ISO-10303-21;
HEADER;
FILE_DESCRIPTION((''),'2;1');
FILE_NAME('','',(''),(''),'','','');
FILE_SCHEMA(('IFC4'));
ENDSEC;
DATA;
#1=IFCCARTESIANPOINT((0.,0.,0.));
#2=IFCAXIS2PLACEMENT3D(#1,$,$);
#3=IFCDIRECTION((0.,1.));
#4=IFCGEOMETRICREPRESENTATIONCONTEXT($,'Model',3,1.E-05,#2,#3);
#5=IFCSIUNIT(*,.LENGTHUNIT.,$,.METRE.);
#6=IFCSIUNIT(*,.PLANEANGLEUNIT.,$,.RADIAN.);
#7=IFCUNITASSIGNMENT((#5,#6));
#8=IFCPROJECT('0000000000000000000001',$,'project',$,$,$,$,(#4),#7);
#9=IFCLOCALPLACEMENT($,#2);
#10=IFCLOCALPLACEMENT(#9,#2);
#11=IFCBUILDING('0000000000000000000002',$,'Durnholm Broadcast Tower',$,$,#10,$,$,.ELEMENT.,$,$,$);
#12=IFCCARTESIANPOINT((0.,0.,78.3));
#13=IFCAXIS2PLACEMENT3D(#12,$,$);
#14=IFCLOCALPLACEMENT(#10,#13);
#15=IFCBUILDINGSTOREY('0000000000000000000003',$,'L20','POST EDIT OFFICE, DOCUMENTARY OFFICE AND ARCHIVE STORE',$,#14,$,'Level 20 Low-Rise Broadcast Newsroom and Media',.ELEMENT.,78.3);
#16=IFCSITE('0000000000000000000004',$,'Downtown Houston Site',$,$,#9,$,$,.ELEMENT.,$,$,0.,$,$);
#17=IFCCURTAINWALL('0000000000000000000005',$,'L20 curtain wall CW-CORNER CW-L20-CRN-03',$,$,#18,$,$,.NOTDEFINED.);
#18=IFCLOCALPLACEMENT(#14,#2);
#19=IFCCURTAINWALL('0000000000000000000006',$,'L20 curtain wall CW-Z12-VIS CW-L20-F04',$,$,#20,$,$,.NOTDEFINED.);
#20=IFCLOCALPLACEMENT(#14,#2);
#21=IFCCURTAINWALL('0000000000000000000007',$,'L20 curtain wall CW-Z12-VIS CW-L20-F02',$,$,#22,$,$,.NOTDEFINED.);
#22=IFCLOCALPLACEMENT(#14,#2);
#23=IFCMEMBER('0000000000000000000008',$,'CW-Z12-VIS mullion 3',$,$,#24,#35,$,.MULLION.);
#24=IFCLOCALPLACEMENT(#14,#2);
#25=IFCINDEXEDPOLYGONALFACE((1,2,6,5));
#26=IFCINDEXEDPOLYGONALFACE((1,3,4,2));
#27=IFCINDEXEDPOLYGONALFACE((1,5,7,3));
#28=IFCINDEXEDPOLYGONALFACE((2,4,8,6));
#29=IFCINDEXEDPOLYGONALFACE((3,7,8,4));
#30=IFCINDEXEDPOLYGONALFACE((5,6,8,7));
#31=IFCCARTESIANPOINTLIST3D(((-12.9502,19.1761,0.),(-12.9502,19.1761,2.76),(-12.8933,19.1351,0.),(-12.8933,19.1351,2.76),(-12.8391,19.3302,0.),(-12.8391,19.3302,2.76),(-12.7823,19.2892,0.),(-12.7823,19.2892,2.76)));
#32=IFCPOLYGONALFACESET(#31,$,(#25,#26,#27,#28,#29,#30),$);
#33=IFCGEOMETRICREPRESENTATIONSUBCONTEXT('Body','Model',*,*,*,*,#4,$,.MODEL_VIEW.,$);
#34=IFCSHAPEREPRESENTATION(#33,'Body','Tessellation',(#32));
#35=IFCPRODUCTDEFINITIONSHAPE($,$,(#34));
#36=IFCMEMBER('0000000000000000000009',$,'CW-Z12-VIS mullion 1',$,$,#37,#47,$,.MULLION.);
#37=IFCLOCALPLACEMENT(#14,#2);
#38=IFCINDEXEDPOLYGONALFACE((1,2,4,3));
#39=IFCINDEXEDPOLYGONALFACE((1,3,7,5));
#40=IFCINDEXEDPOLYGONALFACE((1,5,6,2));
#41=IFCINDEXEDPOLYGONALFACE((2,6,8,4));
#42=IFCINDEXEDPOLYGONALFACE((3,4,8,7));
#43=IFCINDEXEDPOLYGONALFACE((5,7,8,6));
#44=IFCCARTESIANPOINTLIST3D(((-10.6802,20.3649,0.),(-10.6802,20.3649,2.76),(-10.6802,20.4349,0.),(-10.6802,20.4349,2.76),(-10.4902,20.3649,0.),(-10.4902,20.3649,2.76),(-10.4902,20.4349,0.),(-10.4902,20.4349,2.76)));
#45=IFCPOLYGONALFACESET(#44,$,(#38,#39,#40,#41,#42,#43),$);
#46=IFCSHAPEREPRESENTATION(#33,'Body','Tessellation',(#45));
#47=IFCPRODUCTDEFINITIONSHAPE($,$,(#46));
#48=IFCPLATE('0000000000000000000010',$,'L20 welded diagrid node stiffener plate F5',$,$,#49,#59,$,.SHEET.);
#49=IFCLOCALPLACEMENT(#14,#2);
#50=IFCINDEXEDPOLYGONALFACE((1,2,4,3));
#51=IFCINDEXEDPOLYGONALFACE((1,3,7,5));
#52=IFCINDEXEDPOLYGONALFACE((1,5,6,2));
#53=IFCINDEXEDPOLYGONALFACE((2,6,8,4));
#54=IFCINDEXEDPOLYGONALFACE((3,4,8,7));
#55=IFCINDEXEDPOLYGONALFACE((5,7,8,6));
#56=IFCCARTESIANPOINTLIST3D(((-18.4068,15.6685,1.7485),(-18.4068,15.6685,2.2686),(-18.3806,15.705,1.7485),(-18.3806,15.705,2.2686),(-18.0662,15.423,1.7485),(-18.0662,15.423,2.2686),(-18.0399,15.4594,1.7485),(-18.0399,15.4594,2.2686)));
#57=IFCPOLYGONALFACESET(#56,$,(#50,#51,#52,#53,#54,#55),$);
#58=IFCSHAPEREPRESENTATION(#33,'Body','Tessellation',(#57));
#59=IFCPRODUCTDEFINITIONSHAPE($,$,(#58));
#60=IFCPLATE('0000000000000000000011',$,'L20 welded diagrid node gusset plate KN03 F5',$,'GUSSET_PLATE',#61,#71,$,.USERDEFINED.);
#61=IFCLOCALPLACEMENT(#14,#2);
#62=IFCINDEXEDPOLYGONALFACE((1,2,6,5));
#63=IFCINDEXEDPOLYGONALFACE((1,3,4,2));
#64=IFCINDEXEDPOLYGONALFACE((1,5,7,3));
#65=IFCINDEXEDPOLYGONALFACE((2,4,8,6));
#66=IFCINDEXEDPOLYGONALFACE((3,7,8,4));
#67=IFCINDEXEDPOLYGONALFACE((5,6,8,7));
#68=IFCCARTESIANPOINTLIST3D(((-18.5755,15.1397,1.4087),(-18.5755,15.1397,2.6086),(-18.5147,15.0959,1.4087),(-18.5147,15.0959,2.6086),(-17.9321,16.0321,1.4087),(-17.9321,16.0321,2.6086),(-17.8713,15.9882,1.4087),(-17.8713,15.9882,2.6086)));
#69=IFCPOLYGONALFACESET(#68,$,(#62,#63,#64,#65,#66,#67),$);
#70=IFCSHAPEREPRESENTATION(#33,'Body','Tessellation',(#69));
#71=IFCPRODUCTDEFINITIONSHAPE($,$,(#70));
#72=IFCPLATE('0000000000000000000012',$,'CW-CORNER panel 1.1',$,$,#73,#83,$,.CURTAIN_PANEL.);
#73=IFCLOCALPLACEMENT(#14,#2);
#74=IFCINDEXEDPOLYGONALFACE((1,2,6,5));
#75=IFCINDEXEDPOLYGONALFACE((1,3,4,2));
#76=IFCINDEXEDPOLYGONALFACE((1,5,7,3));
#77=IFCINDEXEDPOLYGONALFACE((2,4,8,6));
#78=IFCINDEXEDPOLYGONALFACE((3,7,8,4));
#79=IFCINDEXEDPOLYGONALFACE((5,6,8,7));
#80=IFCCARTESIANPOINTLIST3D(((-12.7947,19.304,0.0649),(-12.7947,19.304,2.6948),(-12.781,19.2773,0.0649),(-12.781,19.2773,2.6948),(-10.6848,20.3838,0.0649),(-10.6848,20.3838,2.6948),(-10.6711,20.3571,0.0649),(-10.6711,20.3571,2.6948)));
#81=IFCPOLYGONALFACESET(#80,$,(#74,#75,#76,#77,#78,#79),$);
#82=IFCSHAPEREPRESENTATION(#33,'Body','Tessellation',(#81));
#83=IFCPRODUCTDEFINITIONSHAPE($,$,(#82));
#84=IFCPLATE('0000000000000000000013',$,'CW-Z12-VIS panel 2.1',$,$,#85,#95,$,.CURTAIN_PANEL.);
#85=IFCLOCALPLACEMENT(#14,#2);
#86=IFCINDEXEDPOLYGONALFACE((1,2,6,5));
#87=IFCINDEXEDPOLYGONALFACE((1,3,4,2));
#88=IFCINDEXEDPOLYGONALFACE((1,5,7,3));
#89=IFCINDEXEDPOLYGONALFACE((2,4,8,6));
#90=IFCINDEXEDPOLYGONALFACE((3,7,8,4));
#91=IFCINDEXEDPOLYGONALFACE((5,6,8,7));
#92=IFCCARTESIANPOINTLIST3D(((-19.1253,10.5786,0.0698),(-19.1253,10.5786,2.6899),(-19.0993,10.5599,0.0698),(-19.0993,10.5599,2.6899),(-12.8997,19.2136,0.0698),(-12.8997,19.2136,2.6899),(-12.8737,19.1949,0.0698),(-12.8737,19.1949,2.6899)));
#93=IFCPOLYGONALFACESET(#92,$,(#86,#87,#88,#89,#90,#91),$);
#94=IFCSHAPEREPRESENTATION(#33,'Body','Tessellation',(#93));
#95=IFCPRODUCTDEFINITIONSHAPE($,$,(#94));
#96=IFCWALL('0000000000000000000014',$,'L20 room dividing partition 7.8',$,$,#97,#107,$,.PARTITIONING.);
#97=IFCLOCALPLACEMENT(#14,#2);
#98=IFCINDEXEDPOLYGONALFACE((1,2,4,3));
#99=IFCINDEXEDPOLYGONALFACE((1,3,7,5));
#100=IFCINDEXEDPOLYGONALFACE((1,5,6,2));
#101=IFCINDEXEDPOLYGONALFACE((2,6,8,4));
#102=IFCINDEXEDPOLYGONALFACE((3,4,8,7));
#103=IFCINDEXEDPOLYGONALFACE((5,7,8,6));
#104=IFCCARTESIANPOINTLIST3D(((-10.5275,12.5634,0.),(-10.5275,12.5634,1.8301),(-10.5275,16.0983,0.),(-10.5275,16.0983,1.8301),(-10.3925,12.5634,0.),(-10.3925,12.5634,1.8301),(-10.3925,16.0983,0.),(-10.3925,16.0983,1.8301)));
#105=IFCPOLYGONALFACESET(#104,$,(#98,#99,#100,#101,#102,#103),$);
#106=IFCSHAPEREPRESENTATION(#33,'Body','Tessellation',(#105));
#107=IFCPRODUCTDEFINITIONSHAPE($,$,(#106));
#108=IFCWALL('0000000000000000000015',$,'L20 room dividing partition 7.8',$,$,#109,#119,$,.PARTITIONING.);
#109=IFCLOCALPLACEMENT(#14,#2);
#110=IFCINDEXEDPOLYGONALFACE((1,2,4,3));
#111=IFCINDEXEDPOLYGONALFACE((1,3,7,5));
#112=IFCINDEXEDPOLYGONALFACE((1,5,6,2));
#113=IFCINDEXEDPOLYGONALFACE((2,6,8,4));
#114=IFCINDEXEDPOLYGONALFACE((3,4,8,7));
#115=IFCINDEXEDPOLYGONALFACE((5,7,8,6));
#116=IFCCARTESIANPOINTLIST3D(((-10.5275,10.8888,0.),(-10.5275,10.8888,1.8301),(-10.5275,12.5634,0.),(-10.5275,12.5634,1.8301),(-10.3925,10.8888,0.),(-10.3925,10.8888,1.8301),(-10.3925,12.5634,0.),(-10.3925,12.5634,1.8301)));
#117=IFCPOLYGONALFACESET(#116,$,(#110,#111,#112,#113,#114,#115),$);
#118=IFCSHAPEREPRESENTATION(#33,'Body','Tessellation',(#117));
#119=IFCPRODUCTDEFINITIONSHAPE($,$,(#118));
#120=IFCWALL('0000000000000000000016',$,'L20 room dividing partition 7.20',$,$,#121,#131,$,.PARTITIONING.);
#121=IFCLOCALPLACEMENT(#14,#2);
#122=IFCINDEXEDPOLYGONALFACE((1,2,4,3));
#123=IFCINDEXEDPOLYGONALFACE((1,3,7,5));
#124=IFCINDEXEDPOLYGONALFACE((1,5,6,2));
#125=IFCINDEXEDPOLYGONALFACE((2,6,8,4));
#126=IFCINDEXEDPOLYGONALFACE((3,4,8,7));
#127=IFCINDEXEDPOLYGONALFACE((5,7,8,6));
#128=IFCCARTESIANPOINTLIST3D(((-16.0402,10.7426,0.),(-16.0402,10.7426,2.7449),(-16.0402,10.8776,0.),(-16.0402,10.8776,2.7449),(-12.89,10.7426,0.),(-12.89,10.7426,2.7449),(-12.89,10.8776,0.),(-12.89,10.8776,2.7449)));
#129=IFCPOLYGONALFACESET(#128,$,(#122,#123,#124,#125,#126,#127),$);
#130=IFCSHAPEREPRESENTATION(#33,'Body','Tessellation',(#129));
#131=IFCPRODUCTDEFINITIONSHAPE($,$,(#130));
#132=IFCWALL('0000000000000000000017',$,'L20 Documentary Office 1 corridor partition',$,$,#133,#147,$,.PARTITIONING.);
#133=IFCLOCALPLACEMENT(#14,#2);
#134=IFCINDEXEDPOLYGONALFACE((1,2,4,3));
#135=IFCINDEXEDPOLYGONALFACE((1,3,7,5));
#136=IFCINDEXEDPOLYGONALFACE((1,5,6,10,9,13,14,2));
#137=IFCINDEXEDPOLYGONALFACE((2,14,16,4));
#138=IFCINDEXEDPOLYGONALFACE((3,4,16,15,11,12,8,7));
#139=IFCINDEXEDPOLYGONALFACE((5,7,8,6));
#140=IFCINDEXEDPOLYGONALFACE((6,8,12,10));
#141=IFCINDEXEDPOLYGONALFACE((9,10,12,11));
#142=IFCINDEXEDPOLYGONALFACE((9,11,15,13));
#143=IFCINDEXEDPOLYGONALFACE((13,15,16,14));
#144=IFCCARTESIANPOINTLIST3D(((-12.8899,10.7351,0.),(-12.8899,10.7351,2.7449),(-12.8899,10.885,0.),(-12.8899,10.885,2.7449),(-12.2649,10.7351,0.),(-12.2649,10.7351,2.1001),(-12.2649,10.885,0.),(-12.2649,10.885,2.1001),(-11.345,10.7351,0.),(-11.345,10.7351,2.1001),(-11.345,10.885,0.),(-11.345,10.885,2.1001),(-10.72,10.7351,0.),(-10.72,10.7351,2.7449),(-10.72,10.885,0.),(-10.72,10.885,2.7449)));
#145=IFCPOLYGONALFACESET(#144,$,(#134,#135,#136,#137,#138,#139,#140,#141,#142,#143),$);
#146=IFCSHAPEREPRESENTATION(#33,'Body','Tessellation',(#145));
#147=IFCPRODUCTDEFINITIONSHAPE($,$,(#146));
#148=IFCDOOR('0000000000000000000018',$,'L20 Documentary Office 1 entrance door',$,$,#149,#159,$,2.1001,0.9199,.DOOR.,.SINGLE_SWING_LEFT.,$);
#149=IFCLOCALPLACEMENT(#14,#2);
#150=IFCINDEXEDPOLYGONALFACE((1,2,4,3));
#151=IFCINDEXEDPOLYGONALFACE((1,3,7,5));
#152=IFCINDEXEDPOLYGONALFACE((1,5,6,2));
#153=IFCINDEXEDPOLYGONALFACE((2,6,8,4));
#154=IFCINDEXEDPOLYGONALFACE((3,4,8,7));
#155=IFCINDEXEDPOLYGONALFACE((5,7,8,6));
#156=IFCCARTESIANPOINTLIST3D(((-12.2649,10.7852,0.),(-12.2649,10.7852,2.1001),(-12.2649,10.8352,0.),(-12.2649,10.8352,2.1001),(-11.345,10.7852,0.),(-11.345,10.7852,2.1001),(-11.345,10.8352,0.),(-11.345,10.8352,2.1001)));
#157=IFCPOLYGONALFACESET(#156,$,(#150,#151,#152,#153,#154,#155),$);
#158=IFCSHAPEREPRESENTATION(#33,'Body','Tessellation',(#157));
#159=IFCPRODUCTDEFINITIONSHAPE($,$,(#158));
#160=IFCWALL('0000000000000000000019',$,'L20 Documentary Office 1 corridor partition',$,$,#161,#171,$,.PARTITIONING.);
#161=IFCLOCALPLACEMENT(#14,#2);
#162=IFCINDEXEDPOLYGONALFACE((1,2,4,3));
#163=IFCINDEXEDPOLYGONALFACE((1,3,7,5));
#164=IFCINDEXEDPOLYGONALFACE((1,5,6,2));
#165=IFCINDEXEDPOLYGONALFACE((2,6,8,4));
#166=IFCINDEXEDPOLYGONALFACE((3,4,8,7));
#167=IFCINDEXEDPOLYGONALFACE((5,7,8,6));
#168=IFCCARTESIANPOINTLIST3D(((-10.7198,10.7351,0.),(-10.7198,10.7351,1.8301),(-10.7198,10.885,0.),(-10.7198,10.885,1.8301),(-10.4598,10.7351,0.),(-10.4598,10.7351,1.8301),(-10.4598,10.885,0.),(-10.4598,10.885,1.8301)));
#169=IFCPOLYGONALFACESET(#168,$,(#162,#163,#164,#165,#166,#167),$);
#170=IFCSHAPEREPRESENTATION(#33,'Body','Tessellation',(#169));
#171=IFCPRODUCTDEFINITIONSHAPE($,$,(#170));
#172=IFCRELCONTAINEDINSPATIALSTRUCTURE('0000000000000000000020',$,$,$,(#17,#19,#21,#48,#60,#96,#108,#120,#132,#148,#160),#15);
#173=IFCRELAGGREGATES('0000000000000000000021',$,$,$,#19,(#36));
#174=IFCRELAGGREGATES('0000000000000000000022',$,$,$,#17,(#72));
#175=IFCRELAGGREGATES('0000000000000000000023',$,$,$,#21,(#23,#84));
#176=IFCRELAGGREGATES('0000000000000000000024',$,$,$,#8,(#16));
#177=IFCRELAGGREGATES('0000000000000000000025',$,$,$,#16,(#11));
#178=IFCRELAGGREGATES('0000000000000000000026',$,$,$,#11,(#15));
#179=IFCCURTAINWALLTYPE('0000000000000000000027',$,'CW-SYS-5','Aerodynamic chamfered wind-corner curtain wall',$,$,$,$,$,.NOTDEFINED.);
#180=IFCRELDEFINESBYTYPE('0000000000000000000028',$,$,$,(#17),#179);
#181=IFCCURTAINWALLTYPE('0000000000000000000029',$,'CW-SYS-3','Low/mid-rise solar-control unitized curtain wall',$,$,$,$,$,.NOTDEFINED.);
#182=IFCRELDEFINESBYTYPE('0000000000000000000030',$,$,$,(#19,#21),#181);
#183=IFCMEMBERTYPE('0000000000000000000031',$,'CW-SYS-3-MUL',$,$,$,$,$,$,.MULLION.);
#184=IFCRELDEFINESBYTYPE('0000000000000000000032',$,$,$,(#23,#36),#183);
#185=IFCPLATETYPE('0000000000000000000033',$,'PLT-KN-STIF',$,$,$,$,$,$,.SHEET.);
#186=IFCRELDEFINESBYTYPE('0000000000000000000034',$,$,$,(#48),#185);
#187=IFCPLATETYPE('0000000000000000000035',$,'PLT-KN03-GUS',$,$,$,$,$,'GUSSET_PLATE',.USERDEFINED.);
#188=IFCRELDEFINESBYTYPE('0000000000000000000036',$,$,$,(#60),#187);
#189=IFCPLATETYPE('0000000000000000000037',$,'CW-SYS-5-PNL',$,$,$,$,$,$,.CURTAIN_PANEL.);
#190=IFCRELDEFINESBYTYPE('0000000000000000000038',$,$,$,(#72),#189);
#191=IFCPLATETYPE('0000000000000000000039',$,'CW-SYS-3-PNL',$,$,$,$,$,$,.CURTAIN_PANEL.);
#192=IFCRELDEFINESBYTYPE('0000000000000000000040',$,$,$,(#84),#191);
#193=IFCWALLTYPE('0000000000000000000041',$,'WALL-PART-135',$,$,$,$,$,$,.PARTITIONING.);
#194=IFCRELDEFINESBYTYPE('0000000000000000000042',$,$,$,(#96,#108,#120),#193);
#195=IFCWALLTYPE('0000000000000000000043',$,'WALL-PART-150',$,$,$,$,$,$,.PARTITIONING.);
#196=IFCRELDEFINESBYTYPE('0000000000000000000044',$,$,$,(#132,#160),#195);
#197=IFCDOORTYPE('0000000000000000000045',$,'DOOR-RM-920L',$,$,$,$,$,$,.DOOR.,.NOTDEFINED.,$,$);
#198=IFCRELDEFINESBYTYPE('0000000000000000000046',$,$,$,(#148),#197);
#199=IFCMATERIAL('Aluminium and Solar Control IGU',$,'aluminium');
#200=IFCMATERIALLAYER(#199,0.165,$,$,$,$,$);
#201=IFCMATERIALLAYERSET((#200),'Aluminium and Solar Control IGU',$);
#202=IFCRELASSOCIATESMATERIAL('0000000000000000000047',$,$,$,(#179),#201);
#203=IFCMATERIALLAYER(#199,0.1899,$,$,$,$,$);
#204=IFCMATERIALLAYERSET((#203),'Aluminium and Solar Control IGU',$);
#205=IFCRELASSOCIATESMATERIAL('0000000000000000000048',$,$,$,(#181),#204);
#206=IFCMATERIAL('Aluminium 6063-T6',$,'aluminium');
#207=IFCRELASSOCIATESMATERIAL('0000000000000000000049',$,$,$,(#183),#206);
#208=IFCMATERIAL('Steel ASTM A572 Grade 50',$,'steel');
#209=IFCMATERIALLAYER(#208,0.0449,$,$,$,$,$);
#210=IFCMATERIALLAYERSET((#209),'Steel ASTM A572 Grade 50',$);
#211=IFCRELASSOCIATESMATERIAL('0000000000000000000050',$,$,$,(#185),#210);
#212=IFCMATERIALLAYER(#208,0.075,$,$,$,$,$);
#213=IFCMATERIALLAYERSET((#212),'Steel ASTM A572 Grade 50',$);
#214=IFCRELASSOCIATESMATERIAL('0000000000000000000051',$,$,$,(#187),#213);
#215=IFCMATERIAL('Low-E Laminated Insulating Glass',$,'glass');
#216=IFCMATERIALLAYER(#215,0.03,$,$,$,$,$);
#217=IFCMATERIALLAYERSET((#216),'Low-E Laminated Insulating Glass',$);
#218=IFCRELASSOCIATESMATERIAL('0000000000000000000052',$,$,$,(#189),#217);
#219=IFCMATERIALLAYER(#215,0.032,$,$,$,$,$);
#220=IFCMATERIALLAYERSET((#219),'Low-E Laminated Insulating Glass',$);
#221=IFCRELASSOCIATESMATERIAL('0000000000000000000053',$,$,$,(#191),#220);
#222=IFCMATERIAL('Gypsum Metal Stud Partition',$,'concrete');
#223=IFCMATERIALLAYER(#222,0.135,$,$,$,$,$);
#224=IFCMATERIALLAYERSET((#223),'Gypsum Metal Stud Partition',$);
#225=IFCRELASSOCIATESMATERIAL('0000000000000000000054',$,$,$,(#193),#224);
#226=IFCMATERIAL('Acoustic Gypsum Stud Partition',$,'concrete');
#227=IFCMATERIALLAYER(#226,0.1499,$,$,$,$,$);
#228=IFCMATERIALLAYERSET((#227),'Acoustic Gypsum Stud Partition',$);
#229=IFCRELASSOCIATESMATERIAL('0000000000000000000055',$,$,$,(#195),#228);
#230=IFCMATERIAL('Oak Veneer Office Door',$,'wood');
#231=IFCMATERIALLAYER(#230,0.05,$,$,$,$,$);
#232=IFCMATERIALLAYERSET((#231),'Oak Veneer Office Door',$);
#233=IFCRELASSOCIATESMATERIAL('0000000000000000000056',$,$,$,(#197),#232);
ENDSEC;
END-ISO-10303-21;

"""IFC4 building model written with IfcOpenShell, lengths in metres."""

from ifc_helpers import new_model, si_unit, direction, frame, frame_2d, origin, origin_2d, place, context, subcontext, project, spatial, rectangle, extrude, source, transform, mapped, material, layer, layer_set, material_profile, profile_set, type_object, type_shapes, element, fill, aggregate, save


model = new_model("IFC4")

# Units and contexts
model_context = context("Model", 3, precision=1e-05, world=origin(), true_north=direction((0.0, 1.0)))
body_context = subcontext(model_context, "Body", "Model", "MODEL_VIEW")
ifc_project = project(units=[si_unit("LENGTHUNIT", "METRE"), si_unit("PLANEANGLEUNIT", "RADIAN")], contexts=[model_context])

# Site, building, storey
site_placement = place(None, origin())
site = spatial("IfcSite", under=ifc_project, at=site_placement, Name="Downtown Houston Site", CompositionType="ELEMENT", RefElevation=0.0)
building_placement = place(site_placement, origin())
building = spatial("IfcBuilding", under=site, at=building_placement, Name="Durnholm Broadcast Tower", CompositionType="ELEMENT")
storey_placement = place(building_placement, frame((0.0, 0.0, 78.3)))
storey = spatial("IfcBuildingStorey", under=building, at=storey_placement, Name="L20", Description="POST EDIT OFFICE, DOCUMENTARY OFFICE AND ARCHIVE STORE", LongName="Level 20 Low-Rise Broadcast Newsroom and Media", CompositionType="ELEMENT", Elevation=78.3)

# Curtain walls
ifc_material_1 = material(Name="Aluminium and Solar Control IGU", Category="aluminium")
ifc_layer_1 = layer(ifc_material_1, 0.165)
ifc_layer_set_1 = layer_set([ifc_layer_1], Name="Aluminium and Solar Control IGU")
curtain_wall_type_1 = type_object("IfcCurtainWallType", Name="CW-SYS-5", Description="Aerodynamic chamfered wind-corner curtain wall", PredefinedType="NOTDEFINED", material=ifc_layer_set_1)
curtain_wall_1_placement = place(storey_placement, origin())
curtain_wall_1 = element("IfcCurtainWall", 1, at=curtain_wall_1_placement, inside=storey, type_object=curtain_wall_type_1, Name="L20 curtain wall CW-CORNER CW-L20-CRN-03", PredefinedType="NOTDEFINED")
ifc_material_2 = material(Name="Aluminium 6063-T6", Category="aluminium")
ifc_layer_2 = layer(ifc_material_1, 0.1899)
ifc_layer_set_2 = layer_set([ifc_layer_2], Name="Aluminium and Solar Control IGU")
curtain_wall_type_2 = type_object("IfcCurtainWallType", Name="CW-SYS-3", Description="Low/mid-rise solar-control unitized curtain wall", PredefinedType="NOTDEFINED", material=ifc_layer_set_2)
curtain_wall_2_placement = place(storey_placement, origin())
curtain_wall_2 = element("IfcCurtainWall", 2, at=curtain_wall_2_placement, inside=storey, type_object=curtain_wall_type_2, Name="L20 curtain wall CW-Z12-VIS CW-L20-F04", PredefinedType="NOTDEFINED")

# Curtain wall, member
curtain_wall_3_placement = place(storey_placement, origin())
curtain_wall_3 = element("IfcCurtainWall", 3, at=curtain_wall_3_placement, inside=storey, type_object=curtain_wall_type_2, Name="L20 curtain wall CW-Z12-VIS CW-L20-F02", PredefinedType="NOTDEFINED")
ifc_material_profile_1 = material_profile(ifc_material_2, rectangle(XDim=0.0701, YDim=0.1899, at=origin_2d()), Name="CWM70X190")
ifc_profile_set_1 = profile_set([ifc_material_profile_1], Name="Aluminium 6063-T6")
member_type_1 = type_object("IfcMemberType", Name="CW-SYS-3-MUL", PredefinedType="MULLION", material=ifc_profile_set_1)
shared_shape_1 = source(origin(), body_context, "Body", "SweptSolid", [
    extrude(rectangle(XDim=0.0701, YDim=0.1899, at=origin_2d()), origin(), (0.0, 0.0, 1.0), 2.76),
])
type_shapes(member_type_1, [shared_shape_1])
member_1_placement = place(storey_placement, frame((-12.8662, 19.2327, 0.0), z_axis=(0.0, 0.0, 1.0), x_axis=(-0.811161, 0.584823, 0.0)))
member_1 = element("IfcMember", 4, at=member_1_placement, type_object=member_type_1, Name="CW-Z12-VIS mullion 3", PredefinedType="MULLION", context=body_context, shape_type="MappedRepresentation", body=[
    mapped(shared_shape_1, transform((0.0, 0.0, 0.0), x_axis=(1.0, 0.0, 0.0), y_axis=(0.0, 1.0, 0.0), z_axis=(0.0, 0.0, 1.0), scale=1.0)),
])

# Member
member_2_placement = place(storey_placement, frame((-10.5852, 20.3999, 0.0), z_axis=(0.0, 0.0, 1.0), x_axis=(0.0, 1.0, 0.0)))
member_2 = element("IfcMember", 5, at=member_2_placement, type_object=member_type_1, Name="CW-Z12-VIS mullion 1", PredefinedType="MULLION", context=body_context, shape_type="MappedRepresentation", body=[
    mapped(shared_shape_1, transform((0.0, 0.0, 0.0), x_axis=(1.0, 0.0, 0.0), y_axis=(0.0, 1.0, 0.0), z_axis=(0.0, 0.0, 1.0), scale=1.0)),
])
aggregate(curtain_wall_2, [member_2])

# Plates
ifc_material_3 = material(Name="Steel ASTM A572 Grade 50", Category="steel")
ifc_layer_3 = layer(ifc_material_3, 0.0449)
ifc_layer_set_3 = layer_set([ifc_layer_3], Name="Steel ASTM A572 Grade 50")
plate_type_1 = type_object("IfcPlateType", Name="PLT-KN-STIF", PredefinedType="SHEET", material=ifc_layer_set_3)
shared_shape_2 = source(origin(), body_context, "Body", "SweptSolid", [
    extrude(rectangle(XDim=0.0449, YDim=0.4199, at=origin_2d()), origin(), (0.0, 0.0, 1.0), 0.52),
])
type_shapes(plate_type_1, [shared_shape_2])
plate_1_placement = place(storey_placement, frame((-18.2234, 15.564, 1.7485), z_axis=(0.0, 0.0, 1.0), x_axis=(-0.584816, -0.811166, 0.0)))
element("IfcPlate", 6, at=plate_1_placement, inside=storey, type_object=plate_type_1, Name="L20 welded diagrid node stiffener plate F5", PredefinedType="SHEET", context=body_context, shape_type="MappedRepresentation", body=[
    mapped(shared_shape_2, transform((0.0, 0.0, 0.0), x_axis=(1.0, 0.0, 0.0), y_axis=(0.0, 1.0, 0.0), z_axis=(0.0, 0.0, 1.0), scale=1.0)),
])
ifc_layer_4 = layer(ifc_material_3, 0.075)
ifc_layer_set_4 = layer_set([ifc_layer_4], Name="Steel ASTM A572 Grade 50")
plate_type_2 = type_object("IfcPlateType", Name="PLT-KN03-GUS", ElementType="GUSSET_PLATE", PredefinedType="USERDEFINED", material=ifc_layer_set_4)
shared_shape_3 = source(origin(), body_context, "Body", "SweptSolid", [
    extrude(rectangle(XDim=1.1001, YDim=0.075, at=origin_2d()), origin(), (0.0, 0.0, 1.0), 1.2),
])
type_shapes(plate_type_2, [shared_shape_3])
plate_2_placement = place(storey_placement, frame((-18.2234, 15.564, 1.4087), z_axis=(0.0, 0.0, 1.0), x_axis=(-0.584816, -0.811166, 0.0)))
element("IfcPlate", 7, at=plate_2_placement, inside=storey, type_object=plate_type_2, Name="L20 welded diagrid node gusset plate KN03 F5", ObjectType="GUSSET_PLATE", PredefinedType="USERDEFINED", context=body_context, shape_type="MappedRepresentation", body=[
    mapped(shared_shape_3, transform((0.0, 0.0, 0.0), x_axis=(1.0, 0.0, 0.0), y_axis=(0.0, 1.0, 0.0), z_axis=(0.0, 0.0, 1.0), scale=1.0)),
])

# Plates
ifc_material_4 = material(Name="Low-E Laminated Insulating Glass", Category="glass")
ifc_layer_5 = layer(ifc_material_4, 0.03)
ifc_layer_set_5 = layer_set([ifc_layer_5], Name="Low-E Laminated Insulating Glass")
plate_type_3 = type_object("IfcPlateType", Name="CW-SYS-5-PNL", PredefinedType="CURTAIN_PANEL", material=ifc_layer_set_5)
shared_shape_4 = source(origin(), body_context, "Body", "SweptSolid", [
    extrude(rectangle(XDim=2.3701, YDim=0.03, at=origin_2d()), origin(), (0.0, 0.0, 1.0), 2.6299),
])
type_shapes(plate_type_3, [shared_shape_4])
plate_3_placement = place(storey_placement, frame((-11.7329, 19.8306, 0.0649), z_axis=(0.0, 0.0, 1.0), x_axis=(0.890188, 0.455594, 0.0)))
plate_3 = element("IfcPlate", 8, at=plate_3_placement, type_object=plate_type_3, Name="CW-CORNER panel 1.1", PredefinedType="CURTAIN_PANEL", context=body_context, shape_type="MappedRepresentation", body=[
    mapped(shared_shape_4, transform((0.0, 0.0, 0.0), x_axis=(1.0, 0.0, 0.0), y_axis=(0.0, 1.0, 0.0), z_axis=(0.0, 0.0, 1.0), scale=1.0)),
])
aggregate(curtain_wall_1, [plate_3])
ifc_layer_6 = layer(ifc_material_4, 0.032)
ifc_layer_set_6 = layer_set([ifc_layer_6], Name="Low-E Laminated Insulating Glass")
plate_type_4 = type_object("IfcPlateType", Name="CW-SYS-3-PNL", PredefinedType="CURTAIN_PANEL", material=ifc_layer_set_6)
shared_shape_5 = source(origin(), body_context, "Body", "SweptSolid", [
    extrude(rectangle(XDim=10.6453, YDim=0.032, at=origin_2d()), origin(), (0.0, 0.0, 1.0), 2.6201),
])
type_shapes(plate_type_4, [shared_shape_5])
plate_4_placement = place(storey_placement, frame((-15.9995, 14.8867, 0.0698), z_axis=(0.0, 0.0, 1.0), x_axis=(0.584823, 0.811161, 0.0)))
plate_4 = element("IfcPlate", 9, at=plate_4_placement, type_object=plate_type_4, Name="CW-Z12-VIS panel 2.1", PredefinedType="CURTAIN_PANEL", context=body_context, shape_type="MappedRepresentation", body=[
    mapped(shared_shape_5, transform((0.0, 0.0, 0.0), x_axis=(1.0, 0.0, 0.0), y_axis=(0.0, 1.0, 0.0), z_axis=(0.0, 0.0, 1.0), scale=1.0)),
])
aggregate(curtain_wall_3, [member_1, plate_4])

# Walls
ifc_material_5 = material(Name="Gypsum Metal Stud Partition", Category="concrete")
ifc_layer_7 = layer(ifc_material_5, 0.135)
ifc_layer_set_7 = layer_set([ifc_layer_7], Name="Gypsum Metal Stud Partition")
wall_type_1 = type_object("IfcWallType", Name="WALL-PART-135", PredefinedType="PARTITIONING", material=ifc_layer_set_7)
wall_1_placement = place(storey_placement, frame((-10.46, 16.0984, 0.0), z_axis=(0.0, 0.0, 1.0), x_axis=(0.0, -1.0, 0.0)))
element("IfcWall", 10, at=wall_1_placement, inside=storey, type_object=wall_type_1, Name="L20 room dividing partition 7.8", PredefinedType="PARTITIONING", context=body_context, shape_type="SweptSolid", body=[
    extrude(rectangle(XDim=3.5349, YDim=0.135, at=frame_2d((1.7676, 0.0))), origin(), (0.0, 0.0, 1.0), 1.8301),
])
wall_2_placement = place(storey_placement, frame((-10.46, 12.5635, 0.0), z_axis=(0.0, 0.0, 1.0), x_axis=(0.0, -1.0, 0.0)))
element("IfcWall", 11, at=wall_2_placement, inside=storey, type_object=wall_type_1, Name="L20 room dividing partition 7.8", PredefinedType="PARTITIONING", context=body_context, shape_type="SweptSolid", body=[
    extrude(rectangle(XDim=1.6746, YDim=0.135, at=frame_2d((0.8374, 0.0))), origin(), (0.0, 0.0, 1.0), 1.8301),
])
wall_3_placement = place(storey_placement, frame((-12.8899, 10.8101, 0.0), z_axis=(0.0, 0.0, 1.0), x_axis=(-1.0, 0.0, 0.0)))
element("IfcWall", 12, at=wall_3_placement, inside=storey, type_object=wall_type_1, Name="L20 room dividing partition 7.20", PredefinedType="PARTITIONING", context=body_context, shape_type="SweptSolid", body=[
    extrude(rectangle(XDim=3.1501, YDim=0.135, at=frame_2d((1.5752, 0.0))), origin(), (0.0, 0.0, 1.0), 2.7449),
])

# Wall, opening, door
ifc_material_6 = material(Name="Acoustic Gypsum Stud Partition", Category="concrete")
ifc_layer_8 = layer(ifc_material_6, 0.1499)
ifc_layer_set_8 = layer_set([ifc_layer_8], Name="Acoustic Gypsum Stud Partition")
wall_type_2 = type_object("IfcWallType", Name="WALL-PART-150", PredefinedType="PARTITIONING", material=ifc_layer_set_8)
wall_4_placement = place(storey_placement, frame((-10.72, 10.8101, 0.0), z_axis=(0.0, 0.0, 1.0), x_axis=(-1.0, 0.0, 0.0)))
wall_4 = element("IfcWall", 13, at=wall_4_placement, inside=storey, type_object=wall_type_2, Name="L20 Documentary Office 1 corridor partition", PredefinedType="PARTITIONING", context=body_context, shape_type="SweptSolid", body=[
    extrude(rectangle(XDim=2.1699, YDim=0.1499, at=frame_2d((1.085, 0.0))), origin(), (0.0, 0.0, 1.0), 2.7449),
])
opening_placement = place(wall_4_placement, frame((0.625, 0.0, 0.0)))
opening = element("IfcOpeningElement", 14, at=opening_placement, cuts=wall_4, PredefinedType="OPENING", context=body_context, shape_type="SweptSolid", body=[
    extrude(rectangle(XDim=0.9199, YDim=2.1001, at=frame_2d((0.46, 1.05))), frame((0.0, 0.085, 0.0), z_axis=(0.0, -1.0, 0.0), x_axis=(1.0, 0.0, 0.0)), (0.0, 0.0, 1.0), 0.1699),
])
ifc_material_7 = material(Name="Oak Veneer Office Door", Category="wood")
ifc_layer_9 = layer(ifc_material_7, 0.05)
ifc_layer_set_9 = layer_set([ifc_layer_9], Name="Oak Veneer Office Door")
door_type = type_object("IfcDoorType", Name="DOOR-RM-920L", OperationType="NOTDEFINED", PredefinedType="DOOR", material=ifc_layer_set_9)
shared_shape_6 = source(origin(), body_context, "Body", "SweptSolid", [
    extrude(rectangle(XDim=0.9199, YDim=2.1001, at=frame_2d((0.46, 1.05))), frame((0.0, 0.0249, 0.0), z_axis=(0.0, -1.0, 0.0), x_axis=(1.0, 0.0, 0.0)), (0.0, 0.0, 1.0), 0.05),
])
type_shapes(door_type, [shared_shape_6])
door_placement = place(opening_placement, origin())
door = element("IfcDoor", 15, at=door_placement, inside=storey, type_object=door_type, Name="L20 Documentary Office 1 entrance door", OperationType="SINGLE_SWING_LEFT", OverallHeight=2.1001, OverallWidth=0.9199, PredefinedType="DOOR", context=body_context, shape_type="MappedRepresentation", body=[
    mapped(shared_shape_6, transform((0.0, 0.0, 0.0), x_axis=(1.0, 0.0, 0.0), y_axis=(0.0, 1.0, 0.0), z_axis=(0.0, 0.0, 1.0), scale=1.0)),
])
fill(opening, door)

# Wall
wall_5_placement = place(storey_placement, frame((-10.46, 10.8101, 0.0), z_axis=(0.0, 0.0, 1.0), x_axis=(-1.0, 0.0, 0.0)))
element("IfcWall", 16, at=wall_5_placement, inside=storey, type_object=wall_type_2, Name="L20 Documentary Office 1 corridor partition", PredefinedType="PARTITIONING", context=body_context, shape_type="SweptSolid", body=[
    extrude(rectangle(XDim=0.26, YDim=0.1499, at=frame_2d((0.1299, 0.0))), origin(), (0.0, 0.0, 1.0), 1.8301),
])

save(model, "model.ifc")
